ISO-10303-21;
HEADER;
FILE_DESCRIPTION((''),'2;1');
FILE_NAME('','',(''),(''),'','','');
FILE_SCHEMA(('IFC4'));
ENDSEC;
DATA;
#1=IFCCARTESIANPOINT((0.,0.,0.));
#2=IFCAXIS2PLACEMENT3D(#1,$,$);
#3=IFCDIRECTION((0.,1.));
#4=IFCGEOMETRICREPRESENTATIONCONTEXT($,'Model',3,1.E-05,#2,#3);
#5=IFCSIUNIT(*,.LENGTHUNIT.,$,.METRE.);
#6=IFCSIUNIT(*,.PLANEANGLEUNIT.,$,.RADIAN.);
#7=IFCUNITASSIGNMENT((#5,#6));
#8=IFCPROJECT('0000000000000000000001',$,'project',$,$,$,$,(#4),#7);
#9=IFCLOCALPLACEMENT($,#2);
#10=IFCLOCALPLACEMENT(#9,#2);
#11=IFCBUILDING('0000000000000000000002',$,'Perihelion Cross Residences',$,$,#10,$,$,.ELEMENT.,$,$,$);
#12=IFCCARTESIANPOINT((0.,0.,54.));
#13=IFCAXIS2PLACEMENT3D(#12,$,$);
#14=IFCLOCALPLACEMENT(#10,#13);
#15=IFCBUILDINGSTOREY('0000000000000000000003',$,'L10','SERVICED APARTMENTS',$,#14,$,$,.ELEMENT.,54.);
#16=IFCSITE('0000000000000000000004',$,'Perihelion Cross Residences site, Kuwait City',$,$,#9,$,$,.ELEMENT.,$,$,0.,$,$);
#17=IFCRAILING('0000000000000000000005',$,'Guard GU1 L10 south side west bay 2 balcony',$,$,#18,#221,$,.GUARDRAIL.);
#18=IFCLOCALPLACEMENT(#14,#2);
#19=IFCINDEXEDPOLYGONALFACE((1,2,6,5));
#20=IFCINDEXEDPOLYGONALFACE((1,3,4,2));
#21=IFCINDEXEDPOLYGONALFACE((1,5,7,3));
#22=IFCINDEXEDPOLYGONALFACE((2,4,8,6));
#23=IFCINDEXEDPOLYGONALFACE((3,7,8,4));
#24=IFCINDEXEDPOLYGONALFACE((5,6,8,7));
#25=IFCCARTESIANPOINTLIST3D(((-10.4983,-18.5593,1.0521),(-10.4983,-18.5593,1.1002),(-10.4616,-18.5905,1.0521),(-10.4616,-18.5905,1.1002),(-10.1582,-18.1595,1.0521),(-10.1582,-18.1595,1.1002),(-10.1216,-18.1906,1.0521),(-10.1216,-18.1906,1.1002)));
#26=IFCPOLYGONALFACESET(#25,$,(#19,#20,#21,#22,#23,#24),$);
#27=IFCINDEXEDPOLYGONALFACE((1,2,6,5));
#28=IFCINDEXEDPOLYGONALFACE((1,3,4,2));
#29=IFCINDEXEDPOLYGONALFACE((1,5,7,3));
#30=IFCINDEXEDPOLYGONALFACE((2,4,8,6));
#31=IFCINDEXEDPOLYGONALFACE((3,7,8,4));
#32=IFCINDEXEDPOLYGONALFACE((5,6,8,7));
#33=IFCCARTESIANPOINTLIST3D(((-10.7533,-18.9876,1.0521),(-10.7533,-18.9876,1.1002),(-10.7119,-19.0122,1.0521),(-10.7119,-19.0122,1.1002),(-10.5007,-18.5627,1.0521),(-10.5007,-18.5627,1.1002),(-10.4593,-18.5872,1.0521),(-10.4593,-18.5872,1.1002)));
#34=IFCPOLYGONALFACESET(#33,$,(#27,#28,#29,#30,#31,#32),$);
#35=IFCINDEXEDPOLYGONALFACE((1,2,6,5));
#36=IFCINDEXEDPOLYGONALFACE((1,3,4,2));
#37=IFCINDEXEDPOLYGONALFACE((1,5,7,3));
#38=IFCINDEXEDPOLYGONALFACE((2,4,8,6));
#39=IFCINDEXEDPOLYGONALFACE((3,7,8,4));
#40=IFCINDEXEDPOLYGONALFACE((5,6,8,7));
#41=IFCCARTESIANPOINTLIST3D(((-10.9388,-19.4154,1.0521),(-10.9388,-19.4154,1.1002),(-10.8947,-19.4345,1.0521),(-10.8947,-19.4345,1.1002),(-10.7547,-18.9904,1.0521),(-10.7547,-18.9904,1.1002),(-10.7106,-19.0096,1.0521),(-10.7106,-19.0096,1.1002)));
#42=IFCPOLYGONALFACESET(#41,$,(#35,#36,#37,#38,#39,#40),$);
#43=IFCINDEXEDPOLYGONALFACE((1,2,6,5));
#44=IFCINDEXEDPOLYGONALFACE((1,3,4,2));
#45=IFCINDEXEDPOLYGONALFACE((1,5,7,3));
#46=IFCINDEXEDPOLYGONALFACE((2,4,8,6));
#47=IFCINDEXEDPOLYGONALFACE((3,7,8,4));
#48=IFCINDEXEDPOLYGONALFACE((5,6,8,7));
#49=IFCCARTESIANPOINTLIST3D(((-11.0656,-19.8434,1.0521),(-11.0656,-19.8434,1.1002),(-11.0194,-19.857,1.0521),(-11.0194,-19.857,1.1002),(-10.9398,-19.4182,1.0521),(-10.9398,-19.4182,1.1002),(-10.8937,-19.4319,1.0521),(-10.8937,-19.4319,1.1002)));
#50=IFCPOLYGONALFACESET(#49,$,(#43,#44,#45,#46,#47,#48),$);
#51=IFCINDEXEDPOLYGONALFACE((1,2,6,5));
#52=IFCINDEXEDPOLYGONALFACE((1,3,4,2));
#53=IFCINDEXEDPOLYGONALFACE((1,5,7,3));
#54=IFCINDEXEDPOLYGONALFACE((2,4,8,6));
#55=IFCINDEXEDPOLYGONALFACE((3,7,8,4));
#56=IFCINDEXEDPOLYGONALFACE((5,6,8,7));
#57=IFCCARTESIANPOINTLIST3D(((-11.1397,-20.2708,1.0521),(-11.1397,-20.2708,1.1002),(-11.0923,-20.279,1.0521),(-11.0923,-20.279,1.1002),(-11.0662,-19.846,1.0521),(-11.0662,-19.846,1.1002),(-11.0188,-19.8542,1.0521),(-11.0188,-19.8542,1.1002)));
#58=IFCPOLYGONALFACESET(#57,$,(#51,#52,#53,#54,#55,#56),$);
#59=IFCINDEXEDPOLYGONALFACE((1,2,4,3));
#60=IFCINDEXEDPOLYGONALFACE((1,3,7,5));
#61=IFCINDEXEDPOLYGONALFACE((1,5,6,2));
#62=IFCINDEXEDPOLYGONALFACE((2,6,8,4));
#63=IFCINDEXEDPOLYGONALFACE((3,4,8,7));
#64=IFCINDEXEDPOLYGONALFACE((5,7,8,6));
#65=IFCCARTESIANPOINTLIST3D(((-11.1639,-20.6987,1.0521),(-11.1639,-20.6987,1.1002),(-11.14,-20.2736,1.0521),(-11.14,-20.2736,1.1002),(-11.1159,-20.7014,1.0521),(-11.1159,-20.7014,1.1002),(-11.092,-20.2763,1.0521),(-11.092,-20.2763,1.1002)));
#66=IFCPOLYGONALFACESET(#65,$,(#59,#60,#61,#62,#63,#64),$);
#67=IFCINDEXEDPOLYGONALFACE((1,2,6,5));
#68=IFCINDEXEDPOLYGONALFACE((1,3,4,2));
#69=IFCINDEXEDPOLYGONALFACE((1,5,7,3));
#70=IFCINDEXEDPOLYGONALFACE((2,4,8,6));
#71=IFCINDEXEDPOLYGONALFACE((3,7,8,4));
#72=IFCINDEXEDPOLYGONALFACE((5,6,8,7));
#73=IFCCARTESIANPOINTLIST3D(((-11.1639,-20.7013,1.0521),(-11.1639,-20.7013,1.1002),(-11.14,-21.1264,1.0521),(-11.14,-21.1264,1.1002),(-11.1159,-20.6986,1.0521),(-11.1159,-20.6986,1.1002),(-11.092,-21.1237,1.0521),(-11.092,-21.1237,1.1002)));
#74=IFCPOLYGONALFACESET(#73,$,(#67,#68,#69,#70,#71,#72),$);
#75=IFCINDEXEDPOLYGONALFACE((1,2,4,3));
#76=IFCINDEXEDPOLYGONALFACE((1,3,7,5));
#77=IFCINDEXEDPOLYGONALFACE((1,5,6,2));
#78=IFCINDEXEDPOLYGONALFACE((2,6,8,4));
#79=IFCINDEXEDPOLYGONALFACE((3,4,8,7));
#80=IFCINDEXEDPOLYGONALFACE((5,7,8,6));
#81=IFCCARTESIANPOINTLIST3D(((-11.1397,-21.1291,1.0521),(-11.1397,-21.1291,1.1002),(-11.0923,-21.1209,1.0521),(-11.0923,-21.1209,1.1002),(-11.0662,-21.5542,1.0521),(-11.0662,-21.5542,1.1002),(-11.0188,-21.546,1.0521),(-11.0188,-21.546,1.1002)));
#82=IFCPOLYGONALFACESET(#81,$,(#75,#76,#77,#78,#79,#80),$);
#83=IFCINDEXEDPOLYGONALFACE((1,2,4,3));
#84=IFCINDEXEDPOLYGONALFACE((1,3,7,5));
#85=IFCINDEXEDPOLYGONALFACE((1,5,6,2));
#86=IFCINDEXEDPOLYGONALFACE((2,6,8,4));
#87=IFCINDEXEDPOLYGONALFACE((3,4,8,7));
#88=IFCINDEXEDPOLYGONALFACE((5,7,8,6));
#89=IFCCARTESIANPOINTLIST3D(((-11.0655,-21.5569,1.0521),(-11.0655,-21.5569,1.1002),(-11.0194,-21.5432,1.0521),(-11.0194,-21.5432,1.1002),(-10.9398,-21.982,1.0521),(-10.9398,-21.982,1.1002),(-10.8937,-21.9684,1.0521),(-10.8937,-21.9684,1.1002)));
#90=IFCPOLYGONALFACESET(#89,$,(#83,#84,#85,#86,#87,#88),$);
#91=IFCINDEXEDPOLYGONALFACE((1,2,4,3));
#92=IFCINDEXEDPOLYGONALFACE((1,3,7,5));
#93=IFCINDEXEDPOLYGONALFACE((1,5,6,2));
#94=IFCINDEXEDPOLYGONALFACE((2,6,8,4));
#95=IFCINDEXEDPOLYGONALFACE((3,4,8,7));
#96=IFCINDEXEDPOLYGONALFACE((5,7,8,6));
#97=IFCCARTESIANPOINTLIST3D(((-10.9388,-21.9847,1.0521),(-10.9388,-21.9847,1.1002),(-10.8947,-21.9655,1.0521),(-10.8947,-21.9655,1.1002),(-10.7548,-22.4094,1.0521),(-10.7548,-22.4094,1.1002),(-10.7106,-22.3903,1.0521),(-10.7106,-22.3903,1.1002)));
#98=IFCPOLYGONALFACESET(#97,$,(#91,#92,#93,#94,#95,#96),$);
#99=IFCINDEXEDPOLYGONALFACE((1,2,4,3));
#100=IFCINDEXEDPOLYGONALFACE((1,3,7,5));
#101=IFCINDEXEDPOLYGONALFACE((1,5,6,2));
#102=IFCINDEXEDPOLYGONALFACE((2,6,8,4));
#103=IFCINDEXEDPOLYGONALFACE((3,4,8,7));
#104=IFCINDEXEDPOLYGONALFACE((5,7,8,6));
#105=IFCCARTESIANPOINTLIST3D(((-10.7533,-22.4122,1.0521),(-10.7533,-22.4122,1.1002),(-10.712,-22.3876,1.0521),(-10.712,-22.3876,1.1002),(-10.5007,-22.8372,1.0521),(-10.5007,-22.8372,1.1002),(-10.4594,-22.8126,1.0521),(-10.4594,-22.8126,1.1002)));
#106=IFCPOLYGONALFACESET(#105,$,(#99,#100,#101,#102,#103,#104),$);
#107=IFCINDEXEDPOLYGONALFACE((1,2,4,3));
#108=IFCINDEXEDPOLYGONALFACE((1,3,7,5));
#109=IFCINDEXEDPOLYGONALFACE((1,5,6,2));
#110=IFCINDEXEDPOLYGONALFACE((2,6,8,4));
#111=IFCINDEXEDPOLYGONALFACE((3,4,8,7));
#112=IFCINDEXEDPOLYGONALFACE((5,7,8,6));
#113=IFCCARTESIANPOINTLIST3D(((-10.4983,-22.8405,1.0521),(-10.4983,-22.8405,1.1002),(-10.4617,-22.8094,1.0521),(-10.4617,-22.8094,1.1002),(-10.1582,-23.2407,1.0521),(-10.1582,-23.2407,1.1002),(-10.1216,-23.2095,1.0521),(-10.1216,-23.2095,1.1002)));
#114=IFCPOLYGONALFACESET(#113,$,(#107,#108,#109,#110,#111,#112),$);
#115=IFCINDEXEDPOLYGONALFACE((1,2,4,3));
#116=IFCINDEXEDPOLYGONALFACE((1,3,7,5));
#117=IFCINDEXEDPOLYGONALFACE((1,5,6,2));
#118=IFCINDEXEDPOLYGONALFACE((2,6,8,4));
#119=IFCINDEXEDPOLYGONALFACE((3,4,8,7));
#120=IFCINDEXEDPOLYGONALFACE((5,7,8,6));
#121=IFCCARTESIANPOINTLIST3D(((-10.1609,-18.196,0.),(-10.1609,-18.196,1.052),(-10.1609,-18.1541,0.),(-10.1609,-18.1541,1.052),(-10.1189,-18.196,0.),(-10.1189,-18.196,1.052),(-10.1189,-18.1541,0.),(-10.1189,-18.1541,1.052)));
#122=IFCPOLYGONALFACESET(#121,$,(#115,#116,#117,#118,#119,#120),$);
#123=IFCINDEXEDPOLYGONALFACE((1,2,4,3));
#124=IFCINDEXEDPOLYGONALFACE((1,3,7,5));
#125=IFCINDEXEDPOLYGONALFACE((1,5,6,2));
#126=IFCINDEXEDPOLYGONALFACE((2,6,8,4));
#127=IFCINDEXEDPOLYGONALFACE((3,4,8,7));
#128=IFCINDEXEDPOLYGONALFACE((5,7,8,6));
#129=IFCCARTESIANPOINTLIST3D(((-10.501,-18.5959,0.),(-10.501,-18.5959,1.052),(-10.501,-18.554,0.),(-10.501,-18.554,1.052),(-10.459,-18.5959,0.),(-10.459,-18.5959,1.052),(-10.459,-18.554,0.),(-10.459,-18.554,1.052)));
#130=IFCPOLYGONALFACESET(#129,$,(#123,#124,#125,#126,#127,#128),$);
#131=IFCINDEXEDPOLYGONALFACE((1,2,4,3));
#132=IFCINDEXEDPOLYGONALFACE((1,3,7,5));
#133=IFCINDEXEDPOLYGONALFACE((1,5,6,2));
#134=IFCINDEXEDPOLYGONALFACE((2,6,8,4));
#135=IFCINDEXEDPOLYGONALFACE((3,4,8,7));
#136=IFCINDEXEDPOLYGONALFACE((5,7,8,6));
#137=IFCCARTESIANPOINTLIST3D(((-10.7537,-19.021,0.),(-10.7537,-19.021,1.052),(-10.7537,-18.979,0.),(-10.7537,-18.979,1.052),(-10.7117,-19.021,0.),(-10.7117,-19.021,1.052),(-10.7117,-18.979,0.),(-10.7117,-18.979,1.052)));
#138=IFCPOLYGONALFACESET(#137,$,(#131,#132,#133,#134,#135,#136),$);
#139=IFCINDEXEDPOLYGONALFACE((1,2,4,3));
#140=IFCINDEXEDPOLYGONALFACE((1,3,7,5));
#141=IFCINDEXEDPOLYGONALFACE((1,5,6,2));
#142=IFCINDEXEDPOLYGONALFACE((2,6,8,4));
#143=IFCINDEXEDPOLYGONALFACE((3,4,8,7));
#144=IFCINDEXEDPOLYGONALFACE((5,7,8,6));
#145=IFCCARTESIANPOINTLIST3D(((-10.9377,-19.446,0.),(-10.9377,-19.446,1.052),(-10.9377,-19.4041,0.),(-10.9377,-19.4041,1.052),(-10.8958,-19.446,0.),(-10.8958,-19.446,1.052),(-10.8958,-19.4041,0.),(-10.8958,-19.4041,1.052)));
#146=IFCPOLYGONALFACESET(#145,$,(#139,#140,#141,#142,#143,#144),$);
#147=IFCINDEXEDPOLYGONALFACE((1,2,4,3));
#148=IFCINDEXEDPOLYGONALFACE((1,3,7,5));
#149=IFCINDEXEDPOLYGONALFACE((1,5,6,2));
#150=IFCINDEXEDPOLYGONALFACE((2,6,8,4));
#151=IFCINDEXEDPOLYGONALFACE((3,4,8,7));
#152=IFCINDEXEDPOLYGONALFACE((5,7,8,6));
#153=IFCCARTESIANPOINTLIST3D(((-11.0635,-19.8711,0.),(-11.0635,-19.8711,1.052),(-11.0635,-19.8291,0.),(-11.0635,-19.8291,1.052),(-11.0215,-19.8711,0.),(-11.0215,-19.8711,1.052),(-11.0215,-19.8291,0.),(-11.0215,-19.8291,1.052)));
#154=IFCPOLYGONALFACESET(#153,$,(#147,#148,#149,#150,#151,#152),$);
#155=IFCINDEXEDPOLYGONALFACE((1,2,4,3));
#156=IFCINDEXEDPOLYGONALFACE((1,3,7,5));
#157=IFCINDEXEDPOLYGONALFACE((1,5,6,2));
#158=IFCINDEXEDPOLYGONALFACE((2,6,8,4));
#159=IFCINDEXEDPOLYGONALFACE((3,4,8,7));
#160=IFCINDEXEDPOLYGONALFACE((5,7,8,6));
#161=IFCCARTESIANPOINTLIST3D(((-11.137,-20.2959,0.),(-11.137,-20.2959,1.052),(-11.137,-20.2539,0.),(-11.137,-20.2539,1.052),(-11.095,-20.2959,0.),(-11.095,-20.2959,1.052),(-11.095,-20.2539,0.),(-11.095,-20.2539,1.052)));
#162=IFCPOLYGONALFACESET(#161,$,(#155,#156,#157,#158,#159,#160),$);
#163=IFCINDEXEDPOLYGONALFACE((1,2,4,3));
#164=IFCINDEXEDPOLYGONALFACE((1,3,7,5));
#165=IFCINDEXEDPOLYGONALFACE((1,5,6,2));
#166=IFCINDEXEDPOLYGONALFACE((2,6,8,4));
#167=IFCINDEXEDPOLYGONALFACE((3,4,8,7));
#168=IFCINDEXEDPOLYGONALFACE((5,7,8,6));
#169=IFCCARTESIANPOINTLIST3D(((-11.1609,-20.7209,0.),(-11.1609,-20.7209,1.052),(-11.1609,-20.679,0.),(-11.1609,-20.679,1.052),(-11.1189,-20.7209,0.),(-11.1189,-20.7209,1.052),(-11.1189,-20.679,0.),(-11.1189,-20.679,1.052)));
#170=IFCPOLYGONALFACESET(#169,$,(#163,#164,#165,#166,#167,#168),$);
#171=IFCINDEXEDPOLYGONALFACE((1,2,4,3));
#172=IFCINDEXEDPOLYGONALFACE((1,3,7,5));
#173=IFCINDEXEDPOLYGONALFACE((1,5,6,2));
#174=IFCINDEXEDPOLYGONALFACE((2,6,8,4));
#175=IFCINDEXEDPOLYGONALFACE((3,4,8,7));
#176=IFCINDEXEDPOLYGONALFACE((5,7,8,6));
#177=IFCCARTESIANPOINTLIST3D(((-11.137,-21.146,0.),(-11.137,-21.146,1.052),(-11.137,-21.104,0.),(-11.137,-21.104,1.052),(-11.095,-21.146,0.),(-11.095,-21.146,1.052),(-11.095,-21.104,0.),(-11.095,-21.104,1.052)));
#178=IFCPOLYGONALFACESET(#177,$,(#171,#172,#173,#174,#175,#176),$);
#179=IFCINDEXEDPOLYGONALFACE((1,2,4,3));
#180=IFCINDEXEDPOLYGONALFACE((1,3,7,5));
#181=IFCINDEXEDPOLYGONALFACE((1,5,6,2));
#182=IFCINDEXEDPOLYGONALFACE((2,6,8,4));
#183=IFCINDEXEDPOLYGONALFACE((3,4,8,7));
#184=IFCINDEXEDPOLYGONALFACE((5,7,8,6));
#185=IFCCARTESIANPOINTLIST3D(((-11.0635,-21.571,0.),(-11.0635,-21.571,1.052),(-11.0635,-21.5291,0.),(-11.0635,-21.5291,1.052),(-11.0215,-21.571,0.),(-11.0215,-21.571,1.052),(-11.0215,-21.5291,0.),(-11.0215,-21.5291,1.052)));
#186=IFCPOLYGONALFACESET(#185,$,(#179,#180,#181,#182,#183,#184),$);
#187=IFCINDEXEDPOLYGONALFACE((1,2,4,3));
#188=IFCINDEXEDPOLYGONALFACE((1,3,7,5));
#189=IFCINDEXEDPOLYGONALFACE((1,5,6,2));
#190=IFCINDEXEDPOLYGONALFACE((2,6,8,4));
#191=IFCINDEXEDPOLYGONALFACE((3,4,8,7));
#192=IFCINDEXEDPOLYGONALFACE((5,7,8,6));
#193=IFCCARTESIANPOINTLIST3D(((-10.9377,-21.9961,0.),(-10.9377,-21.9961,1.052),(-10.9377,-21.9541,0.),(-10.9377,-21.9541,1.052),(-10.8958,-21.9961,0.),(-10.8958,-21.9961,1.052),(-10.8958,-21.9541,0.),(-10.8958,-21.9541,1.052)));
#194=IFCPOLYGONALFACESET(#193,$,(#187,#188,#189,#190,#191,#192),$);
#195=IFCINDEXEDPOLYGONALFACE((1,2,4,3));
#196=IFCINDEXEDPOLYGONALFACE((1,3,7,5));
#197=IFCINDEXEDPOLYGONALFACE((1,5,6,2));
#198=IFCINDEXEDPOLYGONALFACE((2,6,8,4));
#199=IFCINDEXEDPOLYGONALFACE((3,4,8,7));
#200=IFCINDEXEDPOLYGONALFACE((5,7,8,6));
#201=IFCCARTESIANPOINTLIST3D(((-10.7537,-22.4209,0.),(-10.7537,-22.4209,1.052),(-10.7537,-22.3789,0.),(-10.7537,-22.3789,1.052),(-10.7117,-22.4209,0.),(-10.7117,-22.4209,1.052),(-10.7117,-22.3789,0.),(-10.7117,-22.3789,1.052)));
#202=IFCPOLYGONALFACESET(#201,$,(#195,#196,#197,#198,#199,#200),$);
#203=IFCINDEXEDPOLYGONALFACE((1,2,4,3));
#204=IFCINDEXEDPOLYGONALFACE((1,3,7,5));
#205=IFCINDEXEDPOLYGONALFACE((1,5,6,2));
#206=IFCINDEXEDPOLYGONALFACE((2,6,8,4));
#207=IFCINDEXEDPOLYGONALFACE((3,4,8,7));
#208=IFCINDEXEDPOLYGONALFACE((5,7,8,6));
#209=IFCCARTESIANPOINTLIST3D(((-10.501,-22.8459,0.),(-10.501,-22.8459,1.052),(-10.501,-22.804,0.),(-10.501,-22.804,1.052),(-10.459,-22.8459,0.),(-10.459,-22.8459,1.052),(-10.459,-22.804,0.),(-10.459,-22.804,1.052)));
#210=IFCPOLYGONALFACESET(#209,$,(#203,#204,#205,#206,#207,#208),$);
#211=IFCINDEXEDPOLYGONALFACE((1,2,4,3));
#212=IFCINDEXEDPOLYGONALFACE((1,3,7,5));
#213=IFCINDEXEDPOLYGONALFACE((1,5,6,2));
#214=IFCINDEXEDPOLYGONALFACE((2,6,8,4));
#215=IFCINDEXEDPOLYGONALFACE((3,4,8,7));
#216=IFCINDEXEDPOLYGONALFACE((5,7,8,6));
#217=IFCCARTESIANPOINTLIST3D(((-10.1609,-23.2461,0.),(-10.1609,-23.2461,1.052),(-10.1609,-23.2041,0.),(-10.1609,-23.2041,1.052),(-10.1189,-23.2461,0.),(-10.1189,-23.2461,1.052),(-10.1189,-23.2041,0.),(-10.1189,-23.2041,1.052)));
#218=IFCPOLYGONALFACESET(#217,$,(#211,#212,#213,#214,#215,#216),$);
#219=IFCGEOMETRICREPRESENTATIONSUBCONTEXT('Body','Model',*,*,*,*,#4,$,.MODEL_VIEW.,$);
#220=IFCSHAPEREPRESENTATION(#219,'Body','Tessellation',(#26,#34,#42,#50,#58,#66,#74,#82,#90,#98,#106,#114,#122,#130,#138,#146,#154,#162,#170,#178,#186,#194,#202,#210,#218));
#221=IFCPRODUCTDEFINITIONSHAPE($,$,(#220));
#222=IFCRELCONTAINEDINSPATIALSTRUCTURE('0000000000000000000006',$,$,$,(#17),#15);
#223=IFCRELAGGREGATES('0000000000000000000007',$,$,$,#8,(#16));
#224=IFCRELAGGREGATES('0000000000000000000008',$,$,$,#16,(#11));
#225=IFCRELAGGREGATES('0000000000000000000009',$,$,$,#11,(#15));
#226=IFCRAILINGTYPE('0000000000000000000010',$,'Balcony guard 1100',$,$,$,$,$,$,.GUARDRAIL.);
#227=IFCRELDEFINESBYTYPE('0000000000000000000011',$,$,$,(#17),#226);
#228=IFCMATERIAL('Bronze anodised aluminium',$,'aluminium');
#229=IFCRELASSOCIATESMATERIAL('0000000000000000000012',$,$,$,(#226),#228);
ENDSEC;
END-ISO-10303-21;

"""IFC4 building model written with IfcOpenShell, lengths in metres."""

from ifc_helpers import new_model, si_unit, direction, frame, origin, origin_2d, place, context, subcontext, project, spatial, rectangle, extrude, material, type_object, element, save


model = new_model("IFC4")

# Units and contexts
model_context = context("Model", 3, precision=1e-05, world=origin(), true_north=direction((0.0, 1.0)))
body_context = subcontext(model_context, "Body", "Model", "MODEL_VIEW")
ifc_project = project(units=[si_unit("LENGTHUNIT", "METRE"), si_unit("PLANEANGLEUNIT", "RADIAN")], contexts=[model_context])

# Site, building, storey
site_placement = place(None, origin())
site = spatial("IfcSite", under=ifc_project, at=site_placement, Name="Perihelion Cross Residences site, Kuwait City", CompositionType="ELEMENT", RefElevation=0.0)
building_placement = place(site_placement, origin())
building = spatial("IfcBuilding", under=site, at=building_placement, Name="Perihelion Cross Residences", CompositionType="ELEMENT")
storey_placement = place(building_placement, frame((0.0, 0.0, 54.0)))
storey = spatial("IfcBuildingStorey", under=building, at=storey_placement, Name="L10", Description="SERVICED APARTMENTS", CompositionType="ELEMENT", Elevation=54.0)

# Railing
ifc_material_1 = material(Name="Bronze anodised aluminium", Category="aluminium")
railing_type = type_object("IfcRailingType", Name="Balcony guard 1100", PredefinedType="GUARDRAIL", material=ifc_material_1)
railing_1_placement = place(storey_placement, frame((-10.1399, -18.175, 0.0)))
element("IfcRailing", 1, at=railing_1_placement, inside=storey, type_object=railing_type, Name="Guard GU1 L10 south side west bay 2 balcony", PredefinedType="GUARDRAIL", context=body_context, shape_type="SweptSolid", body=[
    extrude(rectangle(XDim=0.0481, YDim=0.0481, at=origin_2d()), frame((0.0, 0.0, 1.0762), z_axis=(-0.647837, -0.761779, 0.0), x_axis=(0.761779, -0.647837, 0.0)), (0.0, 0.0, 1.0), 0.5249),
    extrude(rectangle(XDim=0.0481, YDim=0.0481, at=origin_2d()), frame((-0.3401, -0.3999, 1.0762), z_axis=(-0.511006, -0.859577, 0.0), x_axis=(0.859577, -0.511006, 0.0)), (0.0, 0.0, 1.0), 0.4944),
    extrude(rectangle(XDim=0.0481, YDim=0.0481, at=origin_2d()), frame((-0.5928, -0.825, 1.0762), z_axis=(-0.397415, -0.917639, 0.0), x_axis=(0.917639, -0.397415, 0.0)), (0.0, 0.0, 1.0), 0.4631),
    extrude(rectangle(XDim=0.0481, YDim=0.0481, at=origin_2d()), frame((-0.7769, -1.25, 1.0762), z_axis=(-0.283657, -0.958926, 0.0), x_axis=(0.958926, -0.283657, 0.0)), (0.0, 0.0, 1.0), 0.4434),
    extrude(rectangle(XDim=0.0481, YDim=0.0481, at=origin_2d()), frame((-0.9026, -1.675, 1.0762), z_axis=(-0.170457, -0.985365, 0.0), x_axis=(0.985365, -0.170457, 0.0)), (0.0, 0.0, 1.0), 0.4312),
    extrude(rectangle(XDim=0.0481, YDim=0.0481, at=origin_2d()), frame((-0.9761, -2.0999, 1.0762), z_axis=(-0.056201, -0.99842, 0.0), x_axis=(0.99842, -0.056201, 0.0)), (0.0, 0.0, 1.0), 0.4258),
    extrude(rectangle(XDim=0.0481, YDim=0.0481, at=origin_2d()), frame((-1.0, -2.5249, 1.0762), z_axis=(0.056201, -0.99842, 0.0), x_axis=(0.99842, 0.056201, 0.0)), (0.0, 0.0, 1.0), 0.4258),
    extrude(rectangle(XDim=0.0481, YDim=0.0481, at=origin_2d()), frame((-0.9761, -2.95, 1.0762), z_axis=(0.170362, -0.985382, 0.0), x_axis=(0.985382, 0.170362, 0.0)), (0.0, 0.0, 1.0), 0.4314),
    extrude(rectangle(XDim=0.0481, YDim=0.0481, at=origin_2d()), frame((-0.9026, -3.375, 1.0762), z_axis=(0.283657, -0.958926, 0.0), x_axis=(0.958926, 0.283657, 0.0)), (0.0, 0.0, 1.0), 0.4434),
    extrude(rectangle(XDim=0.0481, YDim=0.0481, at=origin_2d()), frame((-0.7769, -3.8, 1.0762), z_axis=(0.397607, -0.917556, 0.0), x_axis=(0.917556, 0.397607, 0.0)), (0.0, 0.0, 1.0), 0.4629),
    extrude(rectangle(XDim=0.0481, YDim=0.0481, at=origin_2d()), frame((-0.5928, -4.2249, 1.0762), z_axis=(0.511006, -0.859577, 0.0), x_axis=(0.859577, 0.511006, 0.0)), (0.0, 0.0, 1.0), 0.4944),
    extrude(rectangle(XDim=0.0481, YDim=0.0481, at=origin_2d()), frame((-0.3401, -4.6499, 1.0762), z_axis=(0.647608, -0.761974, 0.0), x_axis=(0.761974, 0.647608, 0.0)), (0.0, 0.0, 1.0), 0.5251),
    extrude(rectangle(XDim=0.042, YDim=0.042, at=origin_2d()), origin(), (0.0, 0.0, 1.0), 1.052),
    extrude(rectangle(XDim=0.042, YDim=0.042, at=origin_2d()), frame((-0.3401, -0.3999, 0.0)), (0.0, 0.0, 1.0), 1.052),
    extrude(rectangle(XDim=0.042, YDim=0.042, at=origin_2d()), frame((-0.5928, -0.825, 0.0)), (0.0, 0.0, 1.0), 1.052),
    extrude(rectangle(XDim=0.042, YDim=0.042, at=origin_2d()), frame((-0.7769, -1.25, 0.0)), (0.0, 0.0, 1.0), 1.052),
    extrude(rectangle(XDim=0.042, YDim=0.042, at=origin_2d()), frame((-0.9026, -1.675, 0.0)), (0.0, 0.0, 1.0), 1.052),
    extrude(rectangle(XDim=0.042, YDim=0.042, at=origin_2d()), frame((-0.9761, -2.0999, 0.0)), (0.0, 0.0, 1.0), 1.052),
    extrude(rectangle(XDim=0.042, YDim=0.042, at=origin_2d()), frame((-1.0, -2.5249, 0.0)), (0.0, 0.0, 1.0), 1.052),
    extrude(rectangle(XDim=0.042, YDim=0.042, at=origin_2d()), frame((-0.9761, -2.95, 0.0)), (0.0, 0.0, 1.0), 1.052),
    extrude(rectangle(XDim=0.042, YDim=0.042, at=origin_2d()), frame((-0.9026, -3.375, 0.0)), (0.0, 0.0, 1.0), 1.052),
    extrude(rectangle(XDim=0.042, YDim=0.042, at=origin_2d()), frame((-0.7769, -3.8, 0.0)), (0.0, 0.0, 1.0), 1.052),
    extrude(rectangle(XDim=0.042, YDim=0.042, at=origin_2d()), frame((-0.5928, -4.2249, 0.0)), (0.0, 0.0, 1.0), 1.052),
    extrude(rectangle(XDim=0.042, YDim=0.042, at=origin_2d()), frame((-0.3401, -4.6499, 0.0)), (0.0, 0.0, 1.0), 1.052),
    extrude(rectangle(XDim=0.042, YDim=0.042, at=origin_2d()), frame((0.0, -5.05, 0.0)), (0.0, 0.0, 1.0), 1.052),
])

save(model, "model.ifc")
